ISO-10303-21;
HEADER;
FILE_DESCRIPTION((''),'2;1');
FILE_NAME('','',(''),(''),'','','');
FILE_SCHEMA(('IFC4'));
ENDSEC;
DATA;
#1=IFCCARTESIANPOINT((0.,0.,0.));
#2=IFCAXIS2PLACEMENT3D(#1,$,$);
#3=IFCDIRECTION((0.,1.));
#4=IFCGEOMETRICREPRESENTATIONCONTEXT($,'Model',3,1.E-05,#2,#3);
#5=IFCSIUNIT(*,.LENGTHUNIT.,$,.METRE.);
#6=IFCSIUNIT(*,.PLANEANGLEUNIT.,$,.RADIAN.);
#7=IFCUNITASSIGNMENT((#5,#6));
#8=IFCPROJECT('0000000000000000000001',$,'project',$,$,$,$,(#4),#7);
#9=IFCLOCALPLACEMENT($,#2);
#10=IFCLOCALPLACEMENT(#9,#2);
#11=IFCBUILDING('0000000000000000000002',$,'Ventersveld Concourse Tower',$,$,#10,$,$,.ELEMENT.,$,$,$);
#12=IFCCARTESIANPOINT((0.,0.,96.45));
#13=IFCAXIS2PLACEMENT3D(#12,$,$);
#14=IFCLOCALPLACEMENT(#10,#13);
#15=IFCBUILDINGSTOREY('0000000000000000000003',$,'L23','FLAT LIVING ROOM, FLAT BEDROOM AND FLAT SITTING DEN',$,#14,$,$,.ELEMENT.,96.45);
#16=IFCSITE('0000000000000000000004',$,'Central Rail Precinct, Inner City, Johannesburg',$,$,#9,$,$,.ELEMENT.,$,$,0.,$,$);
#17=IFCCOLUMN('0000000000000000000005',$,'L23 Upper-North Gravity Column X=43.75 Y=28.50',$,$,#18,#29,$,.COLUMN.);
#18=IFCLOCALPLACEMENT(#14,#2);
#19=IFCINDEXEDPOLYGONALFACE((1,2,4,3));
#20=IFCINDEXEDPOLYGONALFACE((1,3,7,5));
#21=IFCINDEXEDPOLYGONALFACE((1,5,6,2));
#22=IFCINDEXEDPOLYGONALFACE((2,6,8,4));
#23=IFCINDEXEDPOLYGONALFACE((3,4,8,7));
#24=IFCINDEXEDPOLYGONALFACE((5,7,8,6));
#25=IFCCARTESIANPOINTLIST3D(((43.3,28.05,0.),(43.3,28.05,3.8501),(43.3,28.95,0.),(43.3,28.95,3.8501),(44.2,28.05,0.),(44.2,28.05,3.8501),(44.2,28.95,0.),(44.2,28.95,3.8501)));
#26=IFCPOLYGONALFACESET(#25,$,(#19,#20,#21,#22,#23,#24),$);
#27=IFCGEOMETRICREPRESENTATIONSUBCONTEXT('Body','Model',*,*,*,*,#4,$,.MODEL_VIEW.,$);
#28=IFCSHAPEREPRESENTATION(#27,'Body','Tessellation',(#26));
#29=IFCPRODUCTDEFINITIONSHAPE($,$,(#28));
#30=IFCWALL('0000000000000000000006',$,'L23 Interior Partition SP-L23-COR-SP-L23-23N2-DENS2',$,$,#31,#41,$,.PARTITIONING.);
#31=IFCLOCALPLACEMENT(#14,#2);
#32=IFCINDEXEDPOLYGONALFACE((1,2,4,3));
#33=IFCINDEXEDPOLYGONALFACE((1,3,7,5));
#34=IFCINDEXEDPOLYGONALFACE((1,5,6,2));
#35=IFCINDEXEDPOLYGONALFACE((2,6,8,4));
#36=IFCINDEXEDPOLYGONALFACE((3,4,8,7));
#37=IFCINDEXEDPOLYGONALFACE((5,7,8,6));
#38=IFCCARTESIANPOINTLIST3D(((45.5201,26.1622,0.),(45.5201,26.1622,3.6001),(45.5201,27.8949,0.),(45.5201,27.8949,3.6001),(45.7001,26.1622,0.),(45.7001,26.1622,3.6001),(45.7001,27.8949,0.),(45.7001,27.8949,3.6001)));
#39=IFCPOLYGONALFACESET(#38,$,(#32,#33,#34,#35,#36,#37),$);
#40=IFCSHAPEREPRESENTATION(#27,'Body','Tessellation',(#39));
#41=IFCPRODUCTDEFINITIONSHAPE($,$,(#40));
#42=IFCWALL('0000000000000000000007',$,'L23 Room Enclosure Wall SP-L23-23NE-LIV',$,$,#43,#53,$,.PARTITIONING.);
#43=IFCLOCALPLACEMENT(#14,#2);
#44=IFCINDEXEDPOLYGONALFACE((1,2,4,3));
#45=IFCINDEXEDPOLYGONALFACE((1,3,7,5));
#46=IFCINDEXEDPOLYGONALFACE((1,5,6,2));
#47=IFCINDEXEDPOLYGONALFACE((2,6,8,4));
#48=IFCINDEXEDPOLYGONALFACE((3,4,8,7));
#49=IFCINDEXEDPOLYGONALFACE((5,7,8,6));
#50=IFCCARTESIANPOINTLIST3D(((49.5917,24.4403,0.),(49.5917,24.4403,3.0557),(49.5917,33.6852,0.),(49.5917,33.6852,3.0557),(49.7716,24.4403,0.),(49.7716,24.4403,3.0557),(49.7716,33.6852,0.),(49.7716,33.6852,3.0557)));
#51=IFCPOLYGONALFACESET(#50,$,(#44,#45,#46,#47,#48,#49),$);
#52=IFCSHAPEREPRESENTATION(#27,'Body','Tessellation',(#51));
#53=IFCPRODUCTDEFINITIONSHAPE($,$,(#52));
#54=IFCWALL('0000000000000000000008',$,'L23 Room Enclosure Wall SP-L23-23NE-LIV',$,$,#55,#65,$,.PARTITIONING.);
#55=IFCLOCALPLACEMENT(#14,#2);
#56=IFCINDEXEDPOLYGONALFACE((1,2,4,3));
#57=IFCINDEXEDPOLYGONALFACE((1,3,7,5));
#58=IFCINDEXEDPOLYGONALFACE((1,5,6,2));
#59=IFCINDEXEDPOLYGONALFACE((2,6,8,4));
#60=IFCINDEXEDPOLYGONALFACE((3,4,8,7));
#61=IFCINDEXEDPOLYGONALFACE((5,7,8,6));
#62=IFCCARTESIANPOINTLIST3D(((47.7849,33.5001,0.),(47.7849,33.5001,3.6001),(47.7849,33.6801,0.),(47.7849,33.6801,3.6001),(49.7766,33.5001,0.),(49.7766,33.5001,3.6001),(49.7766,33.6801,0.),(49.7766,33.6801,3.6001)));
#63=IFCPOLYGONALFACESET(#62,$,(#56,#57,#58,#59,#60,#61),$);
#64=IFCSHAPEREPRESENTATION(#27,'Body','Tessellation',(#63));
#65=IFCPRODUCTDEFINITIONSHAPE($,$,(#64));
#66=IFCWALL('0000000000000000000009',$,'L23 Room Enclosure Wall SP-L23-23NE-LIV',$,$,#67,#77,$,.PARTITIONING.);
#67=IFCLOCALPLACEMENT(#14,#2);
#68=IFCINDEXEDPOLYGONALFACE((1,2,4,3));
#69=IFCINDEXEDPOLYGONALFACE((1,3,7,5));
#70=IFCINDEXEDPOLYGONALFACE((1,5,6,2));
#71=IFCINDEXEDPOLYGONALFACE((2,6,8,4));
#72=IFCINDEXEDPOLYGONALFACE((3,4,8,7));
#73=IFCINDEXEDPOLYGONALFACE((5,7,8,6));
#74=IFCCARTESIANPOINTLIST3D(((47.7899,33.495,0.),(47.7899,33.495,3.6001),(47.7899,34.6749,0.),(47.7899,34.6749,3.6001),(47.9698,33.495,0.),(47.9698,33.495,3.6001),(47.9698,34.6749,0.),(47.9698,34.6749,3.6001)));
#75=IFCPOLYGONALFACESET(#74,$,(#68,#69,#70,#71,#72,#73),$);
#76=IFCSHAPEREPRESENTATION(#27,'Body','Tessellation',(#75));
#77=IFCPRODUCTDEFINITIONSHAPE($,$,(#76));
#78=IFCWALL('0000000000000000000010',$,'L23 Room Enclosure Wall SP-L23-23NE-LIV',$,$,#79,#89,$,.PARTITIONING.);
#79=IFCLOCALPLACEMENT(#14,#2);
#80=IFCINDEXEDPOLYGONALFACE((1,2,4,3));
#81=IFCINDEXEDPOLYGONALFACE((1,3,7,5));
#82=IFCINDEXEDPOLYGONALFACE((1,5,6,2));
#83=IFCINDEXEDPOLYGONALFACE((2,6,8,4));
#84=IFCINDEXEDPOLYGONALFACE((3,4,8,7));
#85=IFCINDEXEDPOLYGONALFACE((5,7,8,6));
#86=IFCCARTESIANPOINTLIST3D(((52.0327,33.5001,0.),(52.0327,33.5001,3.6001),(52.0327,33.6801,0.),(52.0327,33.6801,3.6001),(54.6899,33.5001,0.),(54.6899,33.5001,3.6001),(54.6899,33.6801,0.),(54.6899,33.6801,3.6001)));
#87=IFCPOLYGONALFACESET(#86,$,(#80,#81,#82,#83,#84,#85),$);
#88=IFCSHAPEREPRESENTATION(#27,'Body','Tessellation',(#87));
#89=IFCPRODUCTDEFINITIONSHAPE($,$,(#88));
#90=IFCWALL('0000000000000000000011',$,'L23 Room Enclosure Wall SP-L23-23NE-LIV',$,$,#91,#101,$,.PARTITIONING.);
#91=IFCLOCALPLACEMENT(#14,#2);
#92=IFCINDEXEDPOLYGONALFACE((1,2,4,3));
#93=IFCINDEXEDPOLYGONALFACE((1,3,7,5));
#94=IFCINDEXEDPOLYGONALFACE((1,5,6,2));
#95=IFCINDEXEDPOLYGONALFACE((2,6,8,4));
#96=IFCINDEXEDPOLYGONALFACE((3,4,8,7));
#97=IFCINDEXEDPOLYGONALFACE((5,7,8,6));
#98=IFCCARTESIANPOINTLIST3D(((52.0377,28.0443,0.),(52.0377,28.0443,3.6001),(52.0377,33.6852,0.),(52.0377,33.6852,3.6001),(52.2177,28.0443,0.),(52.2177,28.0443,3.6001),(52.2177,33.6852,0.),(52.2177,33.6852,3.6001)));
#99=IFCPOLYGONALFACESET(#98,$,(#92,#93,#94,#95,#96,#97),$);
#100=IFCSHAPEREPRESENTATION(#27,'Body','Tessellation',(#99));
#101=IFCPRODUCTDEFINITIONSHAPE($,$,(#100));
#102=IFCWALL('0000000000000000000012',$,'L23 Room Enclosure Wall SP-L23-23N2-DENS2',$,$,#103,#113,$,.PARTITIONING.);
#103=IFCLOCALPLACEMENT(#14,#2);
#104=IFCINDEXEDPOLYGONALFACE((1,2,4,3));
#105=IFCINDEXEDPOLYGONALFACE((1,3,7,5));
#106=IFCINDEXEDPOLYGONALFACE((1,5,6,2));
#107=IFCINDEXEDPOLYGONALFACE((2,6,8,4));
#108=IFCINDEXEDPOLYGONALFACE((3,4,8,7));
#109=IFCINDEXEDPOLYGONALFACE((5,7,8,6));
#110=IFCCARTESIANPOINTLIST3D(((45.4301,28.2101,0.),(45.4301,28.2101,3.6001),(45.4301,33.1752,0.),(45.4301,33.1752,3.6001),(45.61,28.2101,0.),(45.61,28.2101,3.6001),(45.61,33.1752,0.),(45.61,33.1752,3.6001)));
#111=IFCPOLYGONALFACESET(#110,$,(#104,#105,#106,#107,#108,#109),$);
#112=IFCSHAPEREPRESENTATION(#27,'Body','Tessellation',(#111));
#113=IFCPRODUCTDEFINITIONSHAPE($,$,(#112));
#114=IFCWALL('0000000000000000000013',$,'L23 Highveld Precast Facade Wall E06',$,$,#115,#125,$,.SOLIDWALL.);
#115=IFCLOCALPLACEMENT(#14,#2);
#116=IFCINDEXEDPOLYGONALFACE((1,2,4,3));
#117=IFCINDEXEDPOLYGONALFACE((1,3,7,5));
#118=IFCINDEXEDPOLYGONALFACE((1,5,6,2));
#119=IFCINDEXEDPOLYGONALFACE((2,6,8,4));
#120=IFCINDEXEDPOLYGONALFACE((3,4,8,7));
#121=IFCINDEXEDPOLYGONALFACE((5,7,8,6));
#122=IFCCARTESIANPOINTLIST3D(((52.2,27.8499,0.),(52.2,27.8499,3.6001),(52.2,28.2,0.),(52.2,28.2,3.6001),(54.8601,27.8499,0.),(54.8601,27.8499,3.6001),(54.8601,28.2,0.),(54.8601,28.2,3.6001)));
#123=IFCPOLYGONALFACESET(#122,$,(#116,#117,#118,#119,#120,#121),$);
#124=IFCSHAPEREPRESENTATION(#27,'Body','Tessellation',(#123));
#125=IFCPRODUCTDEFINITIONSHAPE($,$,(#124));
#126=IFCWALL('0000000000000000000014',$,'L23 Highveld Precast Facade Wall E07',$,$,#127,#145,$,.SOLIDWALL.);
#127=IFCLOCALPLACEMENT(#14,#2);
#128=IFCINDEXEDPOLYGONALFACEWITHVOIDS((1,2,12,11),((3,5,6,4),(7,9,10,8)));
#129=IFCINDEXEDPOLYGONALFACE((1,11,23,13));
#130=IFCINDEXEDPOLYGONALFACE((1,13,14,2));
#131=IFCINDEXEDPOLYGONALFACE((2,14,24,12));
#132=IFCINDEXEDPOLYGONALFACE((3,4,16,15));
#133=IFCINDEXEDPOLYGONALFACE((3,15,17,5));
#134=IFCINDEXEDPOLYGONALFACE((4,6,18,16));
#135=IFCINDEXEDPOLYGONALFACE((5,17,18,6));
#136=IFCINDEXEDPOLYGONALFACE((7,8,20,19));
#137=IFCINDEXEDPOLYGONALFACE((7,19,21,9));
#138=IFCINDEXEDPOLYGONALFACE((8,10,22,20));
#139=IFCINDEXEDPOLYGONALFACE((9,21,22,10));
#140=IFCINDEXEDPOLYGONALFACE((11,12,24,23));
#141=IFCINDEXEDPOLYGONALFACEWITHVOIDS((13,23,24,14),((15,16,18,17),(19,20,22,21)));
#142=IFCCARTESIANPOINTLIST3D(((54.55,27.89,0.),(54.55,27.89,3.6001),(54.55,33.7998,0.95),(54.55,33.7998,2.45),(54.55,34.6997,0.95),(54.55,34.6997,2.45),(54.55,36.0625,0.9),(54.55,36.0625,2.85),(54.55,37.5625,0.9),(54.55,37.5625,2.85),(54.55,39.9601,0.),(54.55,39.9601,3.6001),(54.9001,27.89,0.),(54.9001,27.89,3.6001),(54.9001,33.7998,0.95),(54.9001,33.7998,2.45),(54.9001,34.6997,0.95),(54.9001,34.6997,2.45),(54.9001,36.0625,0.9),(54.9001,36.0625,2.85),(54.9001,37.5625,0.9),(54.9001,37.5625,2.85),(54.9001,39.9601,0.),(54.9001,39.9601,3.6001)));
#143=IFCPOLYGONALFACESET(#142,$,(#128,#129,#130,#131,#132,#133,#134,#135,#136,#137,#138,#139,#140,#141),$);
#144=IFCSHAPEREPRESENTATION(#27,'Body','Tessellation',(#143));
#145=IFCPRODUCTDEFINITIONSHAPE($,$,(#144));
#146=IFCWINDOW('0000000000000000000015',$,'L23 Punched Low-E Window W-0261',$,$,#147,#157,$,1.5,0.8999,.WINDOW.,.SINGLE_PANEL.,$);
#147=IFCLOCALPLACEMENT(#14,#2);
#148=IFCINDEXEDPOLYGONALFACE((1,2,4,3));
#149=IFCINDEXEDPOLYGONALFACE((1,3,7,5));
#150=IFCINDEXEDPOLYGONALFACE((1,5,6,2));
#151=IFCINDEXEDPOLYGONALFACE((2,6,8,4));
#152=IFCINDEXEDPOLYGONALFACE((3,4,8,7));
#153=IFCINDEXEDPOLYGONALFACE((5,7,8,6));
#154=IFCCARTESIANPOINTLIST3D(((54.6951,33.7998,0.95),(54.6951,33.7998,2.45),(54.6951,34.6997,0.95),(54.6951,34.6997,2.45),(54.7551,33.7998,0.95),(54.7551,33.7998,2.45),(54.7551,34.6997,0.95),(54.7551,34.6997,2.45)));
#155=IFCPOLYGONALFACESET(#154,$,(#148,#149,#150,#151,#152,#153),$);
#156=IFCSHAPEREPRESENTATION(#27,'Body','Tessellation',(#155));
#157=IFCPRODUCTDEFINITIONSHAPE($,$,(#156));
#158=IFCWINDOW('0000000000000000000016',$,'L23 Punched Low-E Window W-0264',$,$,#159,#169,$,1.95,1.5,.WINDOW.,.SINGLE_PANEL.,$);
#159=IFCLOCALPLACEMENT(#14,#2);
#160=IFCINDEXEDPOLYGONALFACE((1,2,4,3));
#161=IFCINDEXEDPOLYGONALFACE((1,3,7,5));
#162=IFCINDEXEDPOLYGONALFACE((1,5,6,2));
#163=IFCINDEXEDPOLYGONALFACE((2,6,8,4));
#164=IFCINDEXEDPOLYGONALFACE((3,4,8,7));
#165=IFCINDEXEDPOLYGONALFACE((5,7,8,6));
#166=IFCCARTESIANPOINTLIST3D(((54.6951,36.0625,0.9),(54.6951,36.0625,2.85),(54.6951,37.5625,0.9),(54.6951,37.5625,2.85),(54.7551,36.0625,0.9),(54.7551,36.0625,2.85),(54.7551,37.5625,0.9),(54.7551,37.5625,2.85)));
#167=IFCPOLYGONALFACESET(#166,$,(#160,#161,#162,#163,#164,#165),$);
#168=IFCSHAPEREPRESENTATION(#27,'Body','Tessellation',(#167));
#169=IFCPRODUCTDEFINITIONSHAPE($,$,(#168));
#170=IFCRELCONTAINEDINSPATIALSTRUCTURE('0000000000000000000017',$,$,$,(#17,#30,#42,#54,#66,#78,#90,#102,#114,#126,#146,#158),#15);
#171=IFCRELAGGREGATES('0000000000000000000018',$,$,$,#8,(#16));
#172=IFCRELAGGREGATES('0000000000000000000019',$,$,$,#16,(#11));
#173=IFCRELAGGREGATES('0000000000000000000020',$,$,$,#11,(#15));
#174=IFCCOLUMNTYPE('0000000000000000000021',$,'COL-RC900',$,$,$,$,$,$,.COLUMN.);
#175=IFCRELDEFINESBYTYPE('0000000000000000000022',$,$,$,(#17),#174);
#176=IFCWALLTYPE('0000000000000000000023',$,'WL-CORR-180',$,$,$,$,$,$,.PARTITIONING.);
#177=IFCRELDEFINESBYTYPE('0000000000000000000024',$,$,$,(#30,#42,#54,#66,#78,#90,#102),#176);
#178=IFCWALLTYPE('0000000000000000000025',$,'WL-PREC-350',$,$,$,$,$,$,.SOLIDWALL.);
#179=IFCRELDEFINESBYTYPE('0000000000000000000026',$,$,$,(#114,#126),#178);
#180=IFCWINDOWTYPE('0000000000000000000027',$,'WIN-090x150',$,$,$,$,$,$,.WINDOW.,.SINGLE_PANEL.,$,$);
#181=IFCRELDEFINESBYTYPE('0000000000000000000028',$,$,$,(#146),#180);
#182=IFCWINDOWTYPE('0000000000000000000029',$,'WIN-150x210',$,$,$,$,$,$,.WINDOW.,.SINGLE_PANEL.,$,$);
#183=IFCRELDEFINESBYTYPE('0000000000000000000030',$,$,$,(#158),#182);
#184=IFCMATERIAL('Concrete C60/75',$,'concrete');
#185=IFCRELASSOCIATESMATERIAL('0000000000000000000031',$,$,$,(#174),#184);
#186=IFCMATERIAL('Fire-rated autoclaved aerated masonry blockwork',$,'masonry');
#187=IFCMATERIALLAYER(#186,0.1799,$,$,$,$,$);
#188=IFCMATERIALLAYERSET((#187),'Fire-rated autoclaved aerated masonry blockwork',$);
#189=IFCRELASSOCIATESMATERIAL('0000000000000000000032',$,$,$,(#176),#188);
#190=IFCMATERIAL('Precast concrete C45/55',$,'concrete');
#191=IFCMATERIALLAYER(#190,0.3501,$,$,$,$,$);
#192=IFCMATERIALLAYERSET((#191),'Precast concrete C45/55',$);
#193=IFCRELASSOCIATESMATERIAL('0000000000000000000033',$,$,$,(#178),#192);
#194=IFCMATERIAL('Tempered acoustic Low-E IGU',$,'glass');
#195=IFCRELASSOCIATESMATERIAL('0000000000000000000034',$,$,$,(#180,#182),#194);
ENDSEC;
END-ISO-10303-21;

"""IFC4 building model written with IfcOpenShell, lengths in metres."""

from ifc_helpers import new_model, si_unit, direction, frame, frame_2d, origin, origin_2d, place, context, subcontext, project, spatial, rectangle, extrude, material, layer, layer_set, material_profile, profile_set, type_object, element, fill, save


model = new_model("IFC4")

# Units and contexts
model_context = context("Model", 3, precision=1e-05, world=origin(), true_north=direction((0.0, 1.0)))
body_context = subcontext(model_context, "Body", "Model", "MODEL_VIEW")
ifc_project = project(units=[si_unit("LENGTHUNIT", "METRE"), si_unit("PLANEANGLEUNIT", "RADIAN")], contexts=[model_context])

# Site, building, storey
site_placement = place(None, origin())
site = spatial("IfcSite", under=ifc_project, at=site_placement, Name="Central Rail Precinct, Inner City, Johannesburg", CompositionType="ELEMENT", RefElevation=0.0)
building_placement = place(site_placement, origin())
building = spatial("IfcBuilding", under=site, at=building_placement, Name="Ventersveld Concourse Tower", CompositionType="ELEMENT")
storey_placement = place(building_placement, frame((0.0, 0.0, 96.45)))
storey = spatial("IfcBuildingStorey", under=building, at=storey_placement, Name="L23", Description="FLAT LIVING ROOM, FLAT BEDROOM AND FLAT SITTING DEN", CompositionType="ELEMENT", Elevation=96.45)

# Column
ifc_material_1 = material(Name="Concrete C60/75", Category="concrete")
ifc_material_profile = material_profile(ifc_material_1, rectangle(XDim=0.8999, YDim=0.8999, at=origin_2d()), Name="RC 900x900")
ifc_profile_set = profile_set([ifc_material_profile], Name="Concrete C60/75")
column_type = type_object("IfcColumnType", Name="COL-RC900", PredefinedType="COLUMN", material=ifc_profile_set)
column_placement = place(storey_placement, frame((43.75, 28.5, 0.0), z_axis=(0.0, 0.0, 1.0), x_axis=(1.0, 0.0, 0.0)))
element("IfcColumn", 1, at=column_placement, inside=storey, type_object=column_type, Name="L23 Upper-North Gravity Column X=43.75 Y=28.50", PredefinedType="COLUMN", context=body_context, shape_type="SweptSolid", body=[
    extrude(rectangle(XDim=0.8999, YDim=0.8999, at=origin_2d()), origin(), (0.0, 0.0, 1.0), 3.8501),
])

# Walls
ifc_material_2 = material(Name="Fire-rated autoclaved aerated masonry blockwork", Category="masonry")
ifc_layer_1 = layer(ifc_material_2, 0.1799)
ifc_layer_set_1 = layer_set([ifc_layer_1], Name="Fire-rated autoclaved aerated masonry blockwork")
wall_type_1 = type_object("IfcWallType", Name="WL-CORR-180", PredefinedType="PARTITIONING", material=ifc_layer_set_1)
wall_1_placement = place(storey_placement, frame((45.6101, 26.1624, 0.0), z_axis=(0.0, 0.0, 1.0), x_axis=(0.0, 1.0, 0.0)))
element("IfcWall", 2, at=wall_1_placement, inside=storey, type_object=wall_type_1, Name="L23 Interior Partition SP-L23-COR-SP-L23-23N2-DENS2", PredefinedType="PARTITIONING", context=body_context, shape_type="SweptSolid", body=[
    extrude(rectangle(XDim=1.7327, YDim=0.1799, at=frame_2d((0.8662, 0.0))), origin(), (0.0, 0.0, 1.0), 3.6001),
])
wall_2_placement = place(storey_placement, frame((49.6816, 24.4402, 0.0), z_axis=(0.0, 0.0, 1.0), x_axis=(0.0, 1.0, 0.0)))
element("IfcWall", 3, at=wall_2_placement, inside=storey, type_object=wall_type_1, Name="L23 Room Enclosure Wall SP-L23-23NE-LIV", PredefinedType="PARTITIONING", context=body_context, shape_type="SweptSolid", body=[
    extrude(rectangle(XDim=9.2449, YDim=0.1799, at=frame_2d((4.6226, 0.0))), origin(), (0.0, 0.0, 1.0), 3.0557),
])
wall_3_placement = place(storey_placement, frame((49.7766, 33.5901, 0.0), z_axis=(0.0, 0.0, 1.0), x_axis=(-1.0, 0.0, 0.0)))
element("IfcWall", 4, at=wall_3_placement, inside=storey, type_object=wall_type_1, Name="L23 Room Enclosure Wall SP-L23-23NE-LIV", PredefinedType="PARTITIONING", context=body_context, shape_type="SweptSolid", body=[
    extrude(rectangle(XDim=1.9917, YDim=0.1799, at=frame_2d((0.9958, 0.0))), origin(), (0.0, 0.0, 1.0), 3.6001),
])
wall_4_placement = place(storey_placement, frame((47.8799, 33.4951, 0.0), z_axis=(0.0, 0.0, 1.0), x_axis=(0.0, 1.0, 0.0)))
element("IfcWall", 5, at=wall_4_placement, inside=storey, type_object=wall_type_1, Name="L23 Room Enclosure Wall SP-L23-23NE-LIV", PredefinedType="PARTITIONING", context=body_context, shape_type="SweptSolid", body=[
    extrude(rectangle(XDim=1.1799, YDim=0.1799, at=frame_2d((0.5898, 0.0))), origin(), (0.0, 0.0, 1.0), 3.6001),
])
wall_5_placement = place(storey_placement, frame((54.6899, 33.5901, 0.0), z_axis=(0.0, 0.0, 1.0), x_axis=(-1.0, 0.0, 0.0)))
element("IfcWall", 6, at=wall_5_placement, inside=storey, type_object=wall_type_1, Name="L23 Room Enclosure Wall SP-L23-23NE-LIV", PredefinedType="PARTITIONING", context=body_context, shape_type="SweptSolid", body=[
    extrude(rectangle(XDim=2.6572, YDim=0.1799, at=frame_2d((1.3286, 0.0))), origin(), (0.0, 0.0, 1.0), 3.6001),
])
wall_6_placement = place(storey_placement, frame((52.1277, 33.6851, 0.0), z_axis=(0.0, 0.0, 1.0), x_axis=(0.0, -1.0, 0.0)))
element("IfcWall", 7, at=wall_6_placement, inside=storey, type_object=wall_type_1, Name="L23 Room Enclosure Wall SP-L23-23NE-LIV", PredefinedType="PARTITIONING", context=body_context, shape_type="SweptSolid", body=[
    extrude(rectangle(XDim=5.6409, YDim=0.1799, at=frame_2d((2.8203, 0.0))), origin(), (0.0, 0.0, 1.0), 3.6001),
])
wall_7_placement = place(storey_placement, frame((45.52, 33.175, 0.0), z_axis=(0.0, 0.0, 1.0), x_axis=(0.0, -1.0, 0.0)))
element("IfcWall", 8, at=wall_7_placement, inside=storey, type_object=wall_type_1, Name="L23 Room Enclosure Wall SP-L23-23N2-DENS2", PredefinedType="PARTITIONING", context=body_context, shape_type="SweptSolid", body=[
    extrude(rectangle(XDim=4.9651, YDim=0.1799, at=frame_2d((2.4824, 0.0))), origin(), (0.0, 0.0, 1.0), 3.6001),
])
ifc_material_3 = material(Name="Precast concrete C45/55", Category="concrete")
ifc_layer_2 = layer(ifc_material_3, 0.3501)
ifc_layer_set_2 = layer_set([ifc_layer_2], Name="Precast concrete C45/55")
wall_type_2 = type_object("IfcWallType", Name="WL-PREC-350", PredefinedType="SOLIDWALL", material=ifc_layer_set_2)
wall_8_placement = place(storey_placement, frame((52.2, 28.0249, 0.0), z_axis=(0.0, 0.0, 1.0), x_axis=(1.0, 0.0, 0.0)))
element("IfcWall", 9, at=wall_8_placement, inside=storey, type_object=wall_type_2, Name="L23 Highveld Precast Facade Wall E06", PredefinedType="SOLIDWALL", context=body_context, shape_type="SweptSolid", body=[
    extrude(rectangle(XDim=2.6602, YDim=0.3501, at=frame_2d((1.3301, 0.0))), origin(), (0.0, 0.0, 1.0), 3.6001),
])

# Wall, openings, windows
wall_9_placement = place(storey_placement, frame((54.7251, 27.8899, 0.0), z_axis=(0.0, 0.0, 1.0), x_axis=(0.0, 1.0, 0.0)))
wall_9 = element("IfcWall", 10, at=wall_9_placement, inside=storey, type_object=wall_type_2, Name="L23 Highveld Precast Facade Wall E07", PredefinedType="SOLIDWALL", context=body_context, shape_type="SweptSolid", body=[
    extrude(rectangle(XDim=12.0701, YDim=0.3501, at=frame_2d((6.0352, 0.0))), origin(), (0.0, 0.0, 1.0), 3.6001),
])
opening_1_placement = place(wall_9_placement, frame((5.9099, 0.0, 0.95)))
opening_1 = element("IfcOpeningElement", 11, at=opening_1_placement, cuts=wall_9, PredefinedType="OPENING", context=body_context, shape_type="SweptSolid", body=[
    extrude(rectangle(XDim=0.8999, YDim=1.5, at=frame_2d((0.45, 0.75))), frame((0.0, 0.1851, 0.0), z_axis=(0.0, -1.0, 0.0), x_axis=(1.0, 0.0, 0.0)), (0.0, 0.0, 1.0), 0.3701),
])
opening_2_placement = place(wall_9_placement, frame((8.1726, 0.0, 0.8999)))
opening_2 = element("IfcOpeningElement", 12, at=opening_2_placement, cuts=wall_9, PredefinedType="OPENING", context=body_context, shape_type="SweptSolid", body=[
    extrude(rectangle(XDim=1.5, YDim=1.95, at=frame_2d((0.75, 0.9751))), frame((0.0, 0.1851, 0.0), z_axis=(0.0, -1.0, 0.0), x_axis=(1.0, 0.0, 0.0)), (0.0, 0.0, 1.0), 0.3701),
])
ifc_material_4 = material(Name="Tempered acoustic Low-E IGU", Category="glass")
window_type_1 = type_object("IfcWindowType", Name="WIN-090x150", PartitioningType="SINGLE_PANEL", PredefinedType="WINDOW", material=ifc_material_4)
window_1_placement = place(opening_1_placement, origin())
window_1 = element("IfcWindow", 13, at=window_1_placement, inside=storey, type_object=window_type_1, Name="L23 Punched Low-E Window W-0261", OverallHeight=1.5, OverallWidth=0.8999, PartitioningType="SINGLE_PANEL", PredefinedType="WINDOW", context=body_context, shape_type="SweptSolid", body=[
    extrude(rectangle(XDim=0.8999, YDim=1.5, at=frame_2d((0.45, 0.75))), frame((0.0, 0.03, 0.0), z_axis=(0.0, -1.0, 0.0), x_axis=(1.0, 0.0, 0.0)), (0.0, 0.0, 1.0), 0.0601),
])
fill(opening_1, window_1)
window_type_2 = type_object("IfcWindowType", Name="WIN-150x210", PartitioningType="SINGLE_PANEL", PredefinedType="WINDOW", material=ifc_material_4)
window_2_placement = place(opening_2_placement, origin())
window_2 = element("IfcWindow", 14, at=window_2_placement, inside=storey, type_object=window_type_2, Name="L23 Punched Low-E Window W-0264", OverallHeight=1.95, OverallWidth=1.5, PartitioningType="SINGLE_PANEL", PredefinedType="WINDOW", context=body_context, shape_type="SweptSolid", body=[
    extrude(rectangle(XDim=1.5, YDim=1.95, at=frame_2d((0.75, 0.9751))), frame((0.0, 0.03, 0.0), z_axis=(0.0, -1.0, 0.0), x_axis=(1.0, 0.0, 0.0)), (0.0, 0.0, 1.0), 0.0601),
])
fill(opening_2, window_2)

save(model, "model.ifc")
